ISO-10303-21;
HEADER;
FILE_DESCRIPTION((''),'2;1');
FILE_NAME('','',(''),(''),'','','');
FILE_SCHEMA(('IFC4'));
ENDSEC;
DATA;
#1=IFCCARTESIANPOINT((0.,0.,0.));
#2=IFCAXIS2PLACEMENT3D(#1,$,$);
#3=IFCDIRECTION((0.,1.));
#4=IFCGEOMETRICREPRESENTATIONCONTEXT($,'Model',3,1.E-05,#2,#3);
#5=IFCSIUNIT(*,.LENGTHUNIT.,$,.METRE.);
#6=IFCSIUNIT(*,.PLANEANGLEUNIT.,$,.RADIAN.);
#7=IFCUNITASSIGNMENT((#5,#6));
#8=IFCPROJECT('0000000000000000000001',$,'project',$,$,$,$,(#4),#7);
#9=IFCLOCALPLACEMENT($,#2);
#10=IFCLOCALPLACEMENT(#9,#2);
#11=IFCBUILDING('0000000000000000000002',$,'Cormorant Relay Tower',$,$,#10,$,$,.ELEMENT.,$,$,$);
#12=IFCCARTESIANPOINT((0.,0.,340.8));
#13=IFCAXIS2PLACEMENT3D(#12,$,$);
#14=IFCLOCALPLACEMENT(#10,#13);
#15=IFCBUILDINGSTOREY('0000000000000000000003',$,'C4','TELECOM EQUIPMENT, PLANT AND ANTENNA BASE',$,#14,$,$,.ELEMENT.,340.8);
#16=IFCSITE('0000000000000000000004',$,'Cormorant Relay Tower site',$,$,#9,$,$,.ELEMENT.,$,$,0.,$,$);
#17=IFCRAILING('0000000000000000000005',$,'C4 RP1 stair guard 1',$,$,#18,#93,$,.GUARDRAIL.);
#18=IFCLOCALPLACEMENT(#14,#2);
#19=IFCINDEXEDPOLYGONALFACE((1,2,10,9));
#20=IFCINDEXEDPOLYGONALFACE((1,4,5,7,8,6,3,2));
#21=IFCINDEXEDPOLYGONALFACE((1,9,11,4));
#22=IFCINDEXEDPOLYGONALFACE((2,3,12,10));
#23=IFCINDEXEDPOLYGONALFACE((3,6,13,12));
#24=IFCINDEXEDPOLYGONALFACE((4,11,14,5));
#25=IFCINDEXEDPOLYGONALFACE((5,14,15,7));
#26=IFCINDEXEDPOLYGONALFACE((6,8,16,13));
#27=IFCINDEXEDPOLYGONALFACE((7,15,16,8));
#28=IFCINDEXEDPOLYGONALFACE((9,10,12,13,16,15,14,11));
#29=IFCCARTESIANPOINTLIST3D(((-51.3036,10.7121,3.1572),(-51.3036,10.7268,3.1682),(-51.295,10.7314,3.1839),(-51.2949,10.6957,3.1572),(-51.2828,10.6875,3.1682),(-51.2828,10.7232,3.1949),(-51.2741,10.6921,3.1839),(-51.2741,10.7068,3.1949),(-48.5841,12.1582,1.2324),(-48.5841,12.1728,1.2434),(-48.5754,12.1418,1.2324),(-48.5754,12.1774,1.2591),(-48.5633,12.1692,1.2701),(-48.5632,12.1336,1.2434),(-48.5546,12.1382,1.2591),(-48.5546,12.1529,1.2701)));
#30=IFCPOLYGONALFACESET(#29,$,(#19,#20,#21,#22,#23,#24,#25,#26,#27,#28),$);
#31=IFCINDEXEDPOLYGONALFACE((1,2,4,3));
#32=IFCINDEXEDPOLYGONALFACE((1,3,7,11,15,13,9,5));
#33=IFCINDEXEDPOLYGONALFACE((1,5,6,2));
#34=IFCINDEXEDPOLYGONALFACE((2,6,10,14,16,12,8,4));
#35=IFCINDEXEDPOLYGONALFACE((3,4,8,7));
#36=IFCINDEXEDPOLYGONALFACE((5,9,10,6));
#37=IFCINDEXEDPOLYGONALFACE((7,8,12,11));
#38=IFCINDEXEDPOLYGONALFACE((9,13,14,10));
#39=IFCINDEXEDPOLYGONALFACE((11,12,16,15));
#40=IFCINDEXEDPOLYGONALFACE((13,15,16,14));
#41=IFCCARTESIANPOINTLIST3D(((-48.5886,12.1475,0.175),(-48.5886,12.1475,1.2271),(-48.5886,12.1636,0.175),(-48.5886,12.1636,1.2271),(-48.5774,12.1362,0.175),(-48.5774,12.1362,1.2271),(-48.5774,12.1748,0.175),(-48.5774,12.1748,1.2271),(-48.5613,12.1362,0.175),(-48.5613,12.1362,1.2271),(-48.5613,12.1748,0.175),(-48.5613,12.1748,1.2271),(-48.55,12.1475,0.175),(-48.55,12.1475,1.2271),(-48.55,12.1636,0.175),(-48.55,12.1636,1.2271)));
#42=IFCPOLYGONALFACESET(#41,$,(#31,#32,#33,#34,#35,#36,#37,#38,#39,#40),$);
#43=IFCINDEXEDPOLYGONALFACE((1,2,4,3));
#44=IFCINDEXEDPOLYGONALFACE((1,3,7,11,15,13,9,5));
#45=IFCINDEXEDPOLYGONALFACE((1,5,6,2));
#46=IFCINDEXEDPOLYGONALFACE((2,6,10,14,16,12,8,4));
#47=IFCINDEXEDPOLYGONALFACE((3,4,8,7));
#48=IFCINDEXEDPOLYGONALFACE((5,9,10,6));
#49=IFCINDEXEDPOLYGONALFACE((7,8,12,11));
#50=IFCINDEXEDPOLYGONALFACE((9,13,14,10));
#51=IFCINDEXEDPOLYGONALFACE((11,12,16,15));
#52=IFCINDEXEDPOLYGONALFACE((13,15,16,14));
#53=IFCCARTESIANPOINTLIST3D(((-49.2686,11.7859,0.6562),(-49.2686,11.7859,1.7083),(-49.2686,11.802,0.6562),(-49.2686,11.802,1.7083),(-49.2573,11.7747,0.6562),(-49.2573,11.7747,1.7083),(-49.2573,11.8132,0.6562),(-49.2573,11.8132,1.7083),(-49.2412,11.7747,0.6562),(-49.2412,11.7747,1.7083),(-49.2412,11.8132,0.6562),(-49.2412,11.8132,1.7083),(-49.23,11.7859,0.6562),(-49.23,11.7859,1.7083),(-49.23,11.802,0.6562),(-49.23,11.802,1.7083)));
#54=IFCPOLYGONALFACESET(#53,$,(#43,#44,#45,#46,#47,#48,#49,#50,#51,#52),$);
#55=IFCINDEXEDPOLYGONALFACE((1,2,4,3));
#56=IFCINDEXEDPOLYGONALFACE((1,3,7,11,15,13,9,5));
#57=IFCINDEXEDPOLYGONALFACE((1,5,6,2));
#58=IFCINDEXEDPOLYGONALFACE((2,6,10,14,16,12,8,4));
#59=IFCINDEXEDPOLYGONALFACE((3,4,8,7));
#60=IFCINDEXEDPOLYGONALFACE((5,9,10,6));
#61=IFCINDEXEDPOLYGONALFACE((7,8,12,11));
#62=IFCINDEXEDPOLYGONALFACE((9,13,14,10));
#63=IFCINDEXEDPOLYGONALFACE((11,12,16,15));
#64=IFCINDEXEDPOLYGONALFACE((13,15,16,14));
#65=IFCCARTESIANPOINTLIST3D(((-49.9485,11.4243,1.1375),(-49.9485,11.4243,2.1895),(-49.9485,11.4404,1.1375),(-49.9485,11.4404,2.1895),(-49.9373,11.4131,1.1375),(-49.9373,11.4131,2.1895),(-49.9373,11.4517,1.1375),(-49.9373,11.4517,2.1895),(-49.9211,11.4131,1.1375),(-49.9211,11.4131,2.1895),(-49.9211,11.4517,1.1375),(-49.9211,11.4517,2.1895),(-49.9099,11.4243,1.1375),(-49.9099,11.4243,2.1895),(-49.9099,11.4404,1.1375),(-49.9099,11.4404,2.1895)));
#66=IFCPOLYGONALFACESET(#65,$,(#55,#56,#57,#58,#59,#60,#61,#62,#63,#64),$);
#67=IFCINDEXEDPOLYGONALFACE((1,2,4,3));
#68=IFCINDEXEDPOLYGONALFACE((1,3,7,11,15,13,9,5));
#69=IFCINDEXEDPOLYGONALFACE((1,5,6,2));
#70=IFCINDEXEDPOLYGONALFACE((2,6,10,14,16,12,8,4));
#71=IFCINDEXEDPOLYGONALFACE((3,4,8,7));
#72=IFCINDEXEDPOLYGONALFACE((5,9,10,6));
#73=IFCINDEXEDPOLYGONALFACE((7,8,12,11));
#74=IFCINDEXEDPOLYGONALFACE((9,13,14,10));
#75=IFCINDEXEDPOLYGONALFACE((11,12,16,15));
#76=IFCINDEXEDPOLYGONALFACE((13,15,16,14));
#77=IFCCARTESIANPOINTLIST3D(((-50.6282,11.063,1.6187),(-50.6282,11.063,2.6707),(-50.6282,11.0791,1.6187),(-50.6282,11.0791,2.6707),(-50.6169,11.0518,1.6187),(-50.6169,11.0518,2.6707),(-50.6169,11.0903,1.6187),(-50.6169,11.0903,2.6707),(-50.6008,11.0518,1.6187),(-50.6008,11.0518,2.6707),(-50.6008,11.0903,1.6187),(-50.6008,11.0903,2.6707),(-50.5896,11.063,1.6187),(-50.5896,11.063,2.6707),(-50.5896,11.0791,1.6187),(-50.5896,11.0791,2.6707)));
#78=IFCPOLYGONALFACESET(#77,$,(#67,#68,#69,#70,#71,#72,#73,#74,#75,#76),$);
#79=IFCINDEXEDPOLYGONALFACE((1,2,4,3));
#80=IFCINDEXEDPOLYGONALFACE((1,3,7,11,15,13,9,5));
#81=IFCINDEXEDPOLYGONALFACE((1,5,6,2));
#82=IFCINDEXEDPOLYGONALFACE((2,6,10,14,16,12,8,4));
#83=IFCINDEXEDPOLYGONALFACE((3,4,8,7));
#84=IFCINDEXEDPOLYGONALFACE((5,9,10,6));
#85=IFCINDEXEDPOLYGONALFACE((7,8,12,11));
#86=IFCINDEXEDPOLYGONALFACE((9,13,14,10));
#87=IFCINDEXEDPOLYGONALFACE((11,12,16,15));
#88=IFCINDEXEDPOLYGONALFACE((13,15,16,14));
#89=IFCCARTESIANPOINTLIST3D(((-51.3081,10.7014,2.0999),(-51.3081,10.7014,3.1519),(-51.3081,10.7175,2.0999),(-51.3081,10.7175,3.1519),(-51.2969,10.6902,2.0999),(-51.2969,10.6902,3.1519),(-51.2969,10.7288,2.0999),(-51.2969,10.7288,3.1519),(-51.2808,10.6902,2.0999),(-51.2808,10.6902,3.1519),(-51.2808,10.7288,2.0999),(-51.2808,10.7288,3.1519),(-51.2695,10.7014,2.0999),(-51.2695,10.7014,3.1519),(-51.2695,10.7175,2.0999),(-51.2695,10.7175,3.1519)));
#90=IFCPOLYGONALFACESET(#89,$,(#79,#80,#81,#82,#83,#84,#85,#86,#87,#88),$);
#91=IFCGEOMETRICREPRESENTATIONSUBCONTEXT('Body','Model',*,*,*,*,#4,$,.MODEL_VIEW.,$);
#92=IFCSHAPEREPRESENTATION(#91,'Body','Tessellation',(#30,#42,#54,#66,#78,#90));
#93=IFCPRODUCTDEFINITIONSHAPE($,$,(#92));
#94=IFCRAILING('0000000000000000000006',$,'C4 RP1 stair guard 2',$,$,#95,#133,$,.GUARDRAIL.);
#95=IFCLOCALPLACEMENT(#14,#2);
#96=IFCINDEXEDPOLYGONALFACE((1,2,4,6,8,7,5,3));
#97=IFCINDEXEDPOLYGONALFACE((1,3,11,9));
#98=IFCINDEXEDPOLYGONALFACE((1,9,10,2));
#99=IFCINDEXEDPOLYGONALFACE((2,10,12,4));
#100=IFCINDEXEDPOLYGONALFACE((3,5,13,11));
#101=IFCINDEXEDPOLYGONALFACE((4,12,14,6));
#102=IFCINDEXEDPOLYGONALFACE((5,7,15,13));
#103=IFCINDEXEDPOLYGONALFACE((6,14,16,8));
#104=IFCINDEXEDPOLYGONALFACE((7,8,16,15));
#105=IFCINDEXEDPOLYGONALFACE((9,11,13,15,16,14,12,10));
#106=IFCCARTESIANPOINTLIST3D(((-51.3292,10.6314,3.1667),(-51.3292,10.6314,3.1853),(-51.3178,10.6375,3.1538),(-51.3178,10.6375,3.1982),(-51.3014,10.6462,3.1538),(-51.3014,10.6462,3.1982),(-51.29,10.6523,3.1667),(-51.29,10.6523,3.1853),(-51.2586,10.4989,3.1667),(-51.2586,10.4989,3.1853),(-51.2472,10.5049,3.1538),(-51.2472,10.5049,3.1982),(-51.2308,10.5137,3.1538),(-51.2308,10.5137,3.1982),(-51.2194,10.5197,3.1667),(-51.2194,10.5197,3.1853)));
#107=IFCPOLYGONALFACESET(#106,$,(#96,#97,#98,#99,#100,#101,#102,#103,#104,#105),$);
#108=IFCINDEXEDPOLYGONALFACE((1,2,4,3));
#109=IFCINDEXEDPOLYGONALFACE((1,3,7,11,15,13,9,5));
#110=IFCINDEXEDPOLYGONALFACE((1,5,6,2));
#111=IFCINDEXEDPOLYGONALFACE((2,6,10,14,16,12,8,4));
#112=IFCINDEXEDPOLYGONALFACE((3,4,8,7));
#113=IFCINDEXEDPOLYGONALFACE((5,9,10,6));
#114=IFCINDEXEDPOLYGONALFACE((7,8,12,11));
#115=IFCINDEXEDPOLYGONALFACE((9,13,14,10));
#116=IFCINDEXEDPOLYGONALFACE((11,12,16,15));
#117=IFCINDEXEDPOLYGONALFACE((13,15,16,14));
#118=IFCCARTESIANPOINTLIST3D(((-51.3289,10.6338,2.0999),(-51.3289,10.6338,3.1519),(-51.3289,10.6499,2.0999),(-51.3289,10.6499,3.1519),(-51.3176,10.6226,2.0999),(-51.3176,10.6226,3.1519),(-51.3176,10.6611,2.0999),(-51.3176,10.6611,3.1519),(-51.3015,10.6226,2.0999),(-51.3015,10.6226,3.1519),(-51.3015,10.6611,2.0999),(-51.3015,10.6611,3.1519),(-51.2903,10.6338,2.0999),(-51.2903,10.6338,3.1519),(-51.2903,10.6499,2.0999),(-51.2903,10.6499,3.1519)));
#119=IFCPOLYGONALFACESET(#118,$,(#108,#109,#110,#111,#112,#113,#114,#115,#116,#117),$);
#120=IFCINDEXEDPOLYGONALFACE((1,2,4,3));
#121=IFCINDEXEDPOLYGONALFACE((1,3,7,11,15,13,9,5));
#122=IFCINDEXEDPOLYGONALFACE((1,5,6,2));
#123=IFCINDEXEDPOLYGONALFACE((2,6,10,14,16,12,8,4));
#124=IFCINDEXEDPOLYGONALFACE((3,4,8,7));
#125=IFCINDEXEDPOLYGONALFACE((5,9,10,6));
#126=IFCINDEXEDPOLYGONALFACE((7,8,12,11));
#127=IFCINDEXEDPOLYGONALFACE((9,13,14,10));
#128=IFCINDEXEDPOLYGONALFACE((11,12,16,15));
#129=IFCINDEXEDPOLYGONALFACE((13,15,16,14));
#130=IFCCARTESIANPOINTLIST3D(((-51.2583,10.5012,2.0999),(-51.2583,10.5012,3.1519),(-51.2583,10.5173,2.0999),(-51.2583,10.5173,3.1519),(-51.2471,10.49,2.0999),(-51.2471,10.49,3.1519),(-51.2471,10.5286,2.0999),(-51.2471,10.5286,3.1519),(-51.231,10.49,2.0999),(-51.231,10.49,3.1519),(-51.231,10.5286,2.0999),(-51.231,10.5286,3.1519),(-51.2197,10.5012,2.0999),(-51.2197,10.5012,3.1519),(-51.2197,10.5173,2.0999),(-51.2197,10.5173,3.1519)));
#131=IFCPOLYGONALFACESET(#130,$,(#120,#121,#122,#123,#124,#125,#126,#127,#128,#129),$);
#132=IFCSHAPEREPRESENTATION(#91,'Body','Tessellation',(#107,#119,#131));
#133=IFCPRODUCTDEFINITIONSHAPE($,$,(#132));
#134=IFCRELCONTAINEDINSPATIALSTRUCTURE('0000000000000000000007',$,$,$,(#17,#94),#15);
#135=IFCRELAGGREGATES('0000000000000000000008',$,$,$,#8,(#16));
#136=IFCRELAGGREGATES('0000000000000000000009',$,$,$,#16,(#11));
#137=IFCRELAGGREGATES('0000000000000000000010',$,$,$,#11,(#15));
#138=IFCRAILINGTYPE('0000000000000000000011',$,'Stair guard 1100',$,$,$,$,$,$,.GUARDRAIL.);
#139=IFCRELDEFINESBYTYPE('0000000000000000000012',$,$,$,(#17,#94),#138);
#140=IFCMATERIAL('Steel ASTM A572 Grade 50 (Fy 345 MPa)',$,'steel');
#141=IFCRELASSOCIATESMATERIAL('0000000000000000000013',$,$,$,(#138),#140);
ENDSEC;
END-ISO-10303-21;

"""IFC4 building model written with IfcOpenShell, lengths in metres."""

from ifc_helpers import new_model, si_unit, direction, frame, origin, place, context, subcontext, project, spatial, polyline, outline, extrude, material, type_object, element, save


model = new_model("IFC4")

# Units and contexts
model_context = context("Model", 3, precision=1e-05, world=origin(), true_north=direction((0.0, 1.0)))
body_context = subcontext(model_context, "Body", "Model", "MODEL_VIEW")
ifc_project = project(units=[si_unit("LENGTHUNIT", "METRE"), si_unit("PLANEANGLEUNIT", "RADIAN")], contexts=[model_context])

# Site, building, storey
site_placement = place(None, origin())
site = spatial("IfcSite", under=ifc_project, at=site_placement, Name="Cormorant Relay Tower site", CompositionType="ELEMENT", RefElevation=0.0)
building_placement = place(site_placement, origin())
building = spatial("IfcBuilding", under=site, at=building_placement, Name="Cormorant Relay Tower", CompositionType="ELEMENT")
storey_placement = place(building_placement, frame((0.0, 0.0, 340.8)))
storey = spatial("IfcBuildingStorey", under=building, at=storey_placement, Name="C4", Description="TELECOM EQUIPMENT, PLANT AND ANTENNA BASE", CompositionType="ELEMENT", Elevation=340.8)

# Railings
ifc_material_1 = material(Name="Steel ASTM A572 Grade 50 (Fy 345 MPa)", Category="steel")
railing_type_1 = type_object("IfcRailingType", Name="Stair guard 1100", PredefinedType="GUARDRAIL", material=ifc_material_1)
railing_1_placement = place(storey_placement, frame((-48.5693, 12.1555, 0.175)))
element("IfcRailing", 1, at=railing_1_placement, inside=storey, type_object=railing_type_1, Name="C4 RP1 stair guard 1", PredefinedType="GUARDRAIL", context=body_context, shape_type="SweptSolid", body=[
    extrude(outline(polyline([(0.0222, 0.0093), (0.0093, 0.0222), (-0.0093, 0.0222), (-0.0222, 0.0093), (-0.0222, -0.0093), (-0.0093, -0.0222), (0.0093, -0.0222), (0.0222, -0.0093), (0.0222, 0.0093)])), frame((0.0, 0.0, 1.0762), z_axis=(-0.748754, -0.398139, 0.529956), x_axis=(0.469489, -0.882938, 0.0)), (0.0, 0.0, 1.0), 3.6321),
    extrude(outline(polyline([(0.0193, 0.0081), (0.0081, 0.0193), (-0.0081, 0.0193), (-0.0193, 0.0081), (-0.0193, -0.0081), (-0.0081, -0.0193), (0.0081, -0.0193), (0.0193, -0.0081), (0.0193, 0.0081)])), origin(), (0.0, 0.0, 1.0), 1.052),
    extrude(outline(polyline([(0.0193, 0.0081), (0.0081, 0.0193), (-0.0081, 0.0193), (-0.0193, 0.0081), (-0.0193, -0.0081), (-0.0081, -0.0193), (0.0081, -0.0193), (0.0193, -0.0081), (0.0193, 0.0081)])), frame((-0.6799, -0.3616, 0.4812)), (0.0, 0.0, 1.0), 1.052),
    extrude(outline(polyline([(0.0193, 0.0081), (0.0081, 0.0193), (-0.0081, 0.0193), (-0.0193, 0.0081), (-0.0193, -0.0081), (-0.0081, -0.0193), (0.0081, -0.0193), (0.0193, -0.0081), (0.0193, 0.0081)])), frame((-1.3599, -0.7231, 0.9624)), (0.0, 0.0, 1.0), 1.052),
    extrude(outline(polyline([(0.0193, 0.0081), (0.0081, 0.0193), (-0.0081, 0.0193), (-0.0193, 0.0081), (-0.0193, -0.0081), (-0.0081, -0.0193), (0.0081, -0.0193), (0.0193, -0.0081), (0.0193, 0.0081)])), frame((-2.0396, -1.0845, 1.4436)), (0.0, 0.0, 1.0), 1.052),
    extrude(outline(polyline([(0.0193, 0.0081), (0.0081, 0.0193), (-0.0081, 0.0193), (-0.0193, 0.0081), (-0.0193, -0.0081), (-0.0081, -0.0193), (0.0081, -0.0193), (0.0193, -0.0081), (0.0193, 0.0081)])), frame((-2.7195, -1.446, 1.9248)), (0.0, 0.0, 1.0), 1.052),
])
railing_2_placement = place(storey_placement, frame((-51.3096, 10.6418, 2.0999)))
element("IfcRailing", 2, at=railing_2_placement, inside=storey, type_object=railing_type_1, Name="C4 RP1 stair guard 2", PredefinedType="GUARDRAIL", context=body_context, shape_type="SweptSolid", body=[
    extrude(outline(polyline([(0.0222, 0.0093), (0.0093, 0.0222), (-0.0093, 0.0222), (-0.0222, 0.0093), (-0.0222, -0.0093), (-0.0093, -0.0222), (0.0093, -0.0222), (0.0222, -0.0093), (0.0222, 0.0093)])), frame((0.0, 0.0, 1.0762), z_axis=(0.469829, -0.882758, 0.0), x_axis=(0.882758, 0.469829, 0.0)), (0.0, 0.0, 1.0), 0.1501),
    extrude(outline(polyline([(0.0193, 0.0081), (0.0081, 0.0193), (-0.0081, 0.0193), (-0.0193, 0.0081), (-0.0193, -0.0081), (-0.0081, -0.0193), (0.0081, -0.0193), (0.0193, -0.0081), (0.0193, 0.0081)])), origin(), (0.0, 0.0, 1.0), 1.052),
    extrude(outline(polyline([(0.0193, 0.0081), (0.0081, 0.0193), (-0.0081, 0.0193), (-0.0193, 0.0081), (-0.0193, -0.0081), (-0.0081, -0.0193), (0.0081, -0.0193), (0.0193, -0.0081), (0.0193, 0.0081)])), frame((0.0706, -0.1326, 0.0)), (0.0, 0.0, 1.0), 1.052),
])

save(model, "model.ifc")
